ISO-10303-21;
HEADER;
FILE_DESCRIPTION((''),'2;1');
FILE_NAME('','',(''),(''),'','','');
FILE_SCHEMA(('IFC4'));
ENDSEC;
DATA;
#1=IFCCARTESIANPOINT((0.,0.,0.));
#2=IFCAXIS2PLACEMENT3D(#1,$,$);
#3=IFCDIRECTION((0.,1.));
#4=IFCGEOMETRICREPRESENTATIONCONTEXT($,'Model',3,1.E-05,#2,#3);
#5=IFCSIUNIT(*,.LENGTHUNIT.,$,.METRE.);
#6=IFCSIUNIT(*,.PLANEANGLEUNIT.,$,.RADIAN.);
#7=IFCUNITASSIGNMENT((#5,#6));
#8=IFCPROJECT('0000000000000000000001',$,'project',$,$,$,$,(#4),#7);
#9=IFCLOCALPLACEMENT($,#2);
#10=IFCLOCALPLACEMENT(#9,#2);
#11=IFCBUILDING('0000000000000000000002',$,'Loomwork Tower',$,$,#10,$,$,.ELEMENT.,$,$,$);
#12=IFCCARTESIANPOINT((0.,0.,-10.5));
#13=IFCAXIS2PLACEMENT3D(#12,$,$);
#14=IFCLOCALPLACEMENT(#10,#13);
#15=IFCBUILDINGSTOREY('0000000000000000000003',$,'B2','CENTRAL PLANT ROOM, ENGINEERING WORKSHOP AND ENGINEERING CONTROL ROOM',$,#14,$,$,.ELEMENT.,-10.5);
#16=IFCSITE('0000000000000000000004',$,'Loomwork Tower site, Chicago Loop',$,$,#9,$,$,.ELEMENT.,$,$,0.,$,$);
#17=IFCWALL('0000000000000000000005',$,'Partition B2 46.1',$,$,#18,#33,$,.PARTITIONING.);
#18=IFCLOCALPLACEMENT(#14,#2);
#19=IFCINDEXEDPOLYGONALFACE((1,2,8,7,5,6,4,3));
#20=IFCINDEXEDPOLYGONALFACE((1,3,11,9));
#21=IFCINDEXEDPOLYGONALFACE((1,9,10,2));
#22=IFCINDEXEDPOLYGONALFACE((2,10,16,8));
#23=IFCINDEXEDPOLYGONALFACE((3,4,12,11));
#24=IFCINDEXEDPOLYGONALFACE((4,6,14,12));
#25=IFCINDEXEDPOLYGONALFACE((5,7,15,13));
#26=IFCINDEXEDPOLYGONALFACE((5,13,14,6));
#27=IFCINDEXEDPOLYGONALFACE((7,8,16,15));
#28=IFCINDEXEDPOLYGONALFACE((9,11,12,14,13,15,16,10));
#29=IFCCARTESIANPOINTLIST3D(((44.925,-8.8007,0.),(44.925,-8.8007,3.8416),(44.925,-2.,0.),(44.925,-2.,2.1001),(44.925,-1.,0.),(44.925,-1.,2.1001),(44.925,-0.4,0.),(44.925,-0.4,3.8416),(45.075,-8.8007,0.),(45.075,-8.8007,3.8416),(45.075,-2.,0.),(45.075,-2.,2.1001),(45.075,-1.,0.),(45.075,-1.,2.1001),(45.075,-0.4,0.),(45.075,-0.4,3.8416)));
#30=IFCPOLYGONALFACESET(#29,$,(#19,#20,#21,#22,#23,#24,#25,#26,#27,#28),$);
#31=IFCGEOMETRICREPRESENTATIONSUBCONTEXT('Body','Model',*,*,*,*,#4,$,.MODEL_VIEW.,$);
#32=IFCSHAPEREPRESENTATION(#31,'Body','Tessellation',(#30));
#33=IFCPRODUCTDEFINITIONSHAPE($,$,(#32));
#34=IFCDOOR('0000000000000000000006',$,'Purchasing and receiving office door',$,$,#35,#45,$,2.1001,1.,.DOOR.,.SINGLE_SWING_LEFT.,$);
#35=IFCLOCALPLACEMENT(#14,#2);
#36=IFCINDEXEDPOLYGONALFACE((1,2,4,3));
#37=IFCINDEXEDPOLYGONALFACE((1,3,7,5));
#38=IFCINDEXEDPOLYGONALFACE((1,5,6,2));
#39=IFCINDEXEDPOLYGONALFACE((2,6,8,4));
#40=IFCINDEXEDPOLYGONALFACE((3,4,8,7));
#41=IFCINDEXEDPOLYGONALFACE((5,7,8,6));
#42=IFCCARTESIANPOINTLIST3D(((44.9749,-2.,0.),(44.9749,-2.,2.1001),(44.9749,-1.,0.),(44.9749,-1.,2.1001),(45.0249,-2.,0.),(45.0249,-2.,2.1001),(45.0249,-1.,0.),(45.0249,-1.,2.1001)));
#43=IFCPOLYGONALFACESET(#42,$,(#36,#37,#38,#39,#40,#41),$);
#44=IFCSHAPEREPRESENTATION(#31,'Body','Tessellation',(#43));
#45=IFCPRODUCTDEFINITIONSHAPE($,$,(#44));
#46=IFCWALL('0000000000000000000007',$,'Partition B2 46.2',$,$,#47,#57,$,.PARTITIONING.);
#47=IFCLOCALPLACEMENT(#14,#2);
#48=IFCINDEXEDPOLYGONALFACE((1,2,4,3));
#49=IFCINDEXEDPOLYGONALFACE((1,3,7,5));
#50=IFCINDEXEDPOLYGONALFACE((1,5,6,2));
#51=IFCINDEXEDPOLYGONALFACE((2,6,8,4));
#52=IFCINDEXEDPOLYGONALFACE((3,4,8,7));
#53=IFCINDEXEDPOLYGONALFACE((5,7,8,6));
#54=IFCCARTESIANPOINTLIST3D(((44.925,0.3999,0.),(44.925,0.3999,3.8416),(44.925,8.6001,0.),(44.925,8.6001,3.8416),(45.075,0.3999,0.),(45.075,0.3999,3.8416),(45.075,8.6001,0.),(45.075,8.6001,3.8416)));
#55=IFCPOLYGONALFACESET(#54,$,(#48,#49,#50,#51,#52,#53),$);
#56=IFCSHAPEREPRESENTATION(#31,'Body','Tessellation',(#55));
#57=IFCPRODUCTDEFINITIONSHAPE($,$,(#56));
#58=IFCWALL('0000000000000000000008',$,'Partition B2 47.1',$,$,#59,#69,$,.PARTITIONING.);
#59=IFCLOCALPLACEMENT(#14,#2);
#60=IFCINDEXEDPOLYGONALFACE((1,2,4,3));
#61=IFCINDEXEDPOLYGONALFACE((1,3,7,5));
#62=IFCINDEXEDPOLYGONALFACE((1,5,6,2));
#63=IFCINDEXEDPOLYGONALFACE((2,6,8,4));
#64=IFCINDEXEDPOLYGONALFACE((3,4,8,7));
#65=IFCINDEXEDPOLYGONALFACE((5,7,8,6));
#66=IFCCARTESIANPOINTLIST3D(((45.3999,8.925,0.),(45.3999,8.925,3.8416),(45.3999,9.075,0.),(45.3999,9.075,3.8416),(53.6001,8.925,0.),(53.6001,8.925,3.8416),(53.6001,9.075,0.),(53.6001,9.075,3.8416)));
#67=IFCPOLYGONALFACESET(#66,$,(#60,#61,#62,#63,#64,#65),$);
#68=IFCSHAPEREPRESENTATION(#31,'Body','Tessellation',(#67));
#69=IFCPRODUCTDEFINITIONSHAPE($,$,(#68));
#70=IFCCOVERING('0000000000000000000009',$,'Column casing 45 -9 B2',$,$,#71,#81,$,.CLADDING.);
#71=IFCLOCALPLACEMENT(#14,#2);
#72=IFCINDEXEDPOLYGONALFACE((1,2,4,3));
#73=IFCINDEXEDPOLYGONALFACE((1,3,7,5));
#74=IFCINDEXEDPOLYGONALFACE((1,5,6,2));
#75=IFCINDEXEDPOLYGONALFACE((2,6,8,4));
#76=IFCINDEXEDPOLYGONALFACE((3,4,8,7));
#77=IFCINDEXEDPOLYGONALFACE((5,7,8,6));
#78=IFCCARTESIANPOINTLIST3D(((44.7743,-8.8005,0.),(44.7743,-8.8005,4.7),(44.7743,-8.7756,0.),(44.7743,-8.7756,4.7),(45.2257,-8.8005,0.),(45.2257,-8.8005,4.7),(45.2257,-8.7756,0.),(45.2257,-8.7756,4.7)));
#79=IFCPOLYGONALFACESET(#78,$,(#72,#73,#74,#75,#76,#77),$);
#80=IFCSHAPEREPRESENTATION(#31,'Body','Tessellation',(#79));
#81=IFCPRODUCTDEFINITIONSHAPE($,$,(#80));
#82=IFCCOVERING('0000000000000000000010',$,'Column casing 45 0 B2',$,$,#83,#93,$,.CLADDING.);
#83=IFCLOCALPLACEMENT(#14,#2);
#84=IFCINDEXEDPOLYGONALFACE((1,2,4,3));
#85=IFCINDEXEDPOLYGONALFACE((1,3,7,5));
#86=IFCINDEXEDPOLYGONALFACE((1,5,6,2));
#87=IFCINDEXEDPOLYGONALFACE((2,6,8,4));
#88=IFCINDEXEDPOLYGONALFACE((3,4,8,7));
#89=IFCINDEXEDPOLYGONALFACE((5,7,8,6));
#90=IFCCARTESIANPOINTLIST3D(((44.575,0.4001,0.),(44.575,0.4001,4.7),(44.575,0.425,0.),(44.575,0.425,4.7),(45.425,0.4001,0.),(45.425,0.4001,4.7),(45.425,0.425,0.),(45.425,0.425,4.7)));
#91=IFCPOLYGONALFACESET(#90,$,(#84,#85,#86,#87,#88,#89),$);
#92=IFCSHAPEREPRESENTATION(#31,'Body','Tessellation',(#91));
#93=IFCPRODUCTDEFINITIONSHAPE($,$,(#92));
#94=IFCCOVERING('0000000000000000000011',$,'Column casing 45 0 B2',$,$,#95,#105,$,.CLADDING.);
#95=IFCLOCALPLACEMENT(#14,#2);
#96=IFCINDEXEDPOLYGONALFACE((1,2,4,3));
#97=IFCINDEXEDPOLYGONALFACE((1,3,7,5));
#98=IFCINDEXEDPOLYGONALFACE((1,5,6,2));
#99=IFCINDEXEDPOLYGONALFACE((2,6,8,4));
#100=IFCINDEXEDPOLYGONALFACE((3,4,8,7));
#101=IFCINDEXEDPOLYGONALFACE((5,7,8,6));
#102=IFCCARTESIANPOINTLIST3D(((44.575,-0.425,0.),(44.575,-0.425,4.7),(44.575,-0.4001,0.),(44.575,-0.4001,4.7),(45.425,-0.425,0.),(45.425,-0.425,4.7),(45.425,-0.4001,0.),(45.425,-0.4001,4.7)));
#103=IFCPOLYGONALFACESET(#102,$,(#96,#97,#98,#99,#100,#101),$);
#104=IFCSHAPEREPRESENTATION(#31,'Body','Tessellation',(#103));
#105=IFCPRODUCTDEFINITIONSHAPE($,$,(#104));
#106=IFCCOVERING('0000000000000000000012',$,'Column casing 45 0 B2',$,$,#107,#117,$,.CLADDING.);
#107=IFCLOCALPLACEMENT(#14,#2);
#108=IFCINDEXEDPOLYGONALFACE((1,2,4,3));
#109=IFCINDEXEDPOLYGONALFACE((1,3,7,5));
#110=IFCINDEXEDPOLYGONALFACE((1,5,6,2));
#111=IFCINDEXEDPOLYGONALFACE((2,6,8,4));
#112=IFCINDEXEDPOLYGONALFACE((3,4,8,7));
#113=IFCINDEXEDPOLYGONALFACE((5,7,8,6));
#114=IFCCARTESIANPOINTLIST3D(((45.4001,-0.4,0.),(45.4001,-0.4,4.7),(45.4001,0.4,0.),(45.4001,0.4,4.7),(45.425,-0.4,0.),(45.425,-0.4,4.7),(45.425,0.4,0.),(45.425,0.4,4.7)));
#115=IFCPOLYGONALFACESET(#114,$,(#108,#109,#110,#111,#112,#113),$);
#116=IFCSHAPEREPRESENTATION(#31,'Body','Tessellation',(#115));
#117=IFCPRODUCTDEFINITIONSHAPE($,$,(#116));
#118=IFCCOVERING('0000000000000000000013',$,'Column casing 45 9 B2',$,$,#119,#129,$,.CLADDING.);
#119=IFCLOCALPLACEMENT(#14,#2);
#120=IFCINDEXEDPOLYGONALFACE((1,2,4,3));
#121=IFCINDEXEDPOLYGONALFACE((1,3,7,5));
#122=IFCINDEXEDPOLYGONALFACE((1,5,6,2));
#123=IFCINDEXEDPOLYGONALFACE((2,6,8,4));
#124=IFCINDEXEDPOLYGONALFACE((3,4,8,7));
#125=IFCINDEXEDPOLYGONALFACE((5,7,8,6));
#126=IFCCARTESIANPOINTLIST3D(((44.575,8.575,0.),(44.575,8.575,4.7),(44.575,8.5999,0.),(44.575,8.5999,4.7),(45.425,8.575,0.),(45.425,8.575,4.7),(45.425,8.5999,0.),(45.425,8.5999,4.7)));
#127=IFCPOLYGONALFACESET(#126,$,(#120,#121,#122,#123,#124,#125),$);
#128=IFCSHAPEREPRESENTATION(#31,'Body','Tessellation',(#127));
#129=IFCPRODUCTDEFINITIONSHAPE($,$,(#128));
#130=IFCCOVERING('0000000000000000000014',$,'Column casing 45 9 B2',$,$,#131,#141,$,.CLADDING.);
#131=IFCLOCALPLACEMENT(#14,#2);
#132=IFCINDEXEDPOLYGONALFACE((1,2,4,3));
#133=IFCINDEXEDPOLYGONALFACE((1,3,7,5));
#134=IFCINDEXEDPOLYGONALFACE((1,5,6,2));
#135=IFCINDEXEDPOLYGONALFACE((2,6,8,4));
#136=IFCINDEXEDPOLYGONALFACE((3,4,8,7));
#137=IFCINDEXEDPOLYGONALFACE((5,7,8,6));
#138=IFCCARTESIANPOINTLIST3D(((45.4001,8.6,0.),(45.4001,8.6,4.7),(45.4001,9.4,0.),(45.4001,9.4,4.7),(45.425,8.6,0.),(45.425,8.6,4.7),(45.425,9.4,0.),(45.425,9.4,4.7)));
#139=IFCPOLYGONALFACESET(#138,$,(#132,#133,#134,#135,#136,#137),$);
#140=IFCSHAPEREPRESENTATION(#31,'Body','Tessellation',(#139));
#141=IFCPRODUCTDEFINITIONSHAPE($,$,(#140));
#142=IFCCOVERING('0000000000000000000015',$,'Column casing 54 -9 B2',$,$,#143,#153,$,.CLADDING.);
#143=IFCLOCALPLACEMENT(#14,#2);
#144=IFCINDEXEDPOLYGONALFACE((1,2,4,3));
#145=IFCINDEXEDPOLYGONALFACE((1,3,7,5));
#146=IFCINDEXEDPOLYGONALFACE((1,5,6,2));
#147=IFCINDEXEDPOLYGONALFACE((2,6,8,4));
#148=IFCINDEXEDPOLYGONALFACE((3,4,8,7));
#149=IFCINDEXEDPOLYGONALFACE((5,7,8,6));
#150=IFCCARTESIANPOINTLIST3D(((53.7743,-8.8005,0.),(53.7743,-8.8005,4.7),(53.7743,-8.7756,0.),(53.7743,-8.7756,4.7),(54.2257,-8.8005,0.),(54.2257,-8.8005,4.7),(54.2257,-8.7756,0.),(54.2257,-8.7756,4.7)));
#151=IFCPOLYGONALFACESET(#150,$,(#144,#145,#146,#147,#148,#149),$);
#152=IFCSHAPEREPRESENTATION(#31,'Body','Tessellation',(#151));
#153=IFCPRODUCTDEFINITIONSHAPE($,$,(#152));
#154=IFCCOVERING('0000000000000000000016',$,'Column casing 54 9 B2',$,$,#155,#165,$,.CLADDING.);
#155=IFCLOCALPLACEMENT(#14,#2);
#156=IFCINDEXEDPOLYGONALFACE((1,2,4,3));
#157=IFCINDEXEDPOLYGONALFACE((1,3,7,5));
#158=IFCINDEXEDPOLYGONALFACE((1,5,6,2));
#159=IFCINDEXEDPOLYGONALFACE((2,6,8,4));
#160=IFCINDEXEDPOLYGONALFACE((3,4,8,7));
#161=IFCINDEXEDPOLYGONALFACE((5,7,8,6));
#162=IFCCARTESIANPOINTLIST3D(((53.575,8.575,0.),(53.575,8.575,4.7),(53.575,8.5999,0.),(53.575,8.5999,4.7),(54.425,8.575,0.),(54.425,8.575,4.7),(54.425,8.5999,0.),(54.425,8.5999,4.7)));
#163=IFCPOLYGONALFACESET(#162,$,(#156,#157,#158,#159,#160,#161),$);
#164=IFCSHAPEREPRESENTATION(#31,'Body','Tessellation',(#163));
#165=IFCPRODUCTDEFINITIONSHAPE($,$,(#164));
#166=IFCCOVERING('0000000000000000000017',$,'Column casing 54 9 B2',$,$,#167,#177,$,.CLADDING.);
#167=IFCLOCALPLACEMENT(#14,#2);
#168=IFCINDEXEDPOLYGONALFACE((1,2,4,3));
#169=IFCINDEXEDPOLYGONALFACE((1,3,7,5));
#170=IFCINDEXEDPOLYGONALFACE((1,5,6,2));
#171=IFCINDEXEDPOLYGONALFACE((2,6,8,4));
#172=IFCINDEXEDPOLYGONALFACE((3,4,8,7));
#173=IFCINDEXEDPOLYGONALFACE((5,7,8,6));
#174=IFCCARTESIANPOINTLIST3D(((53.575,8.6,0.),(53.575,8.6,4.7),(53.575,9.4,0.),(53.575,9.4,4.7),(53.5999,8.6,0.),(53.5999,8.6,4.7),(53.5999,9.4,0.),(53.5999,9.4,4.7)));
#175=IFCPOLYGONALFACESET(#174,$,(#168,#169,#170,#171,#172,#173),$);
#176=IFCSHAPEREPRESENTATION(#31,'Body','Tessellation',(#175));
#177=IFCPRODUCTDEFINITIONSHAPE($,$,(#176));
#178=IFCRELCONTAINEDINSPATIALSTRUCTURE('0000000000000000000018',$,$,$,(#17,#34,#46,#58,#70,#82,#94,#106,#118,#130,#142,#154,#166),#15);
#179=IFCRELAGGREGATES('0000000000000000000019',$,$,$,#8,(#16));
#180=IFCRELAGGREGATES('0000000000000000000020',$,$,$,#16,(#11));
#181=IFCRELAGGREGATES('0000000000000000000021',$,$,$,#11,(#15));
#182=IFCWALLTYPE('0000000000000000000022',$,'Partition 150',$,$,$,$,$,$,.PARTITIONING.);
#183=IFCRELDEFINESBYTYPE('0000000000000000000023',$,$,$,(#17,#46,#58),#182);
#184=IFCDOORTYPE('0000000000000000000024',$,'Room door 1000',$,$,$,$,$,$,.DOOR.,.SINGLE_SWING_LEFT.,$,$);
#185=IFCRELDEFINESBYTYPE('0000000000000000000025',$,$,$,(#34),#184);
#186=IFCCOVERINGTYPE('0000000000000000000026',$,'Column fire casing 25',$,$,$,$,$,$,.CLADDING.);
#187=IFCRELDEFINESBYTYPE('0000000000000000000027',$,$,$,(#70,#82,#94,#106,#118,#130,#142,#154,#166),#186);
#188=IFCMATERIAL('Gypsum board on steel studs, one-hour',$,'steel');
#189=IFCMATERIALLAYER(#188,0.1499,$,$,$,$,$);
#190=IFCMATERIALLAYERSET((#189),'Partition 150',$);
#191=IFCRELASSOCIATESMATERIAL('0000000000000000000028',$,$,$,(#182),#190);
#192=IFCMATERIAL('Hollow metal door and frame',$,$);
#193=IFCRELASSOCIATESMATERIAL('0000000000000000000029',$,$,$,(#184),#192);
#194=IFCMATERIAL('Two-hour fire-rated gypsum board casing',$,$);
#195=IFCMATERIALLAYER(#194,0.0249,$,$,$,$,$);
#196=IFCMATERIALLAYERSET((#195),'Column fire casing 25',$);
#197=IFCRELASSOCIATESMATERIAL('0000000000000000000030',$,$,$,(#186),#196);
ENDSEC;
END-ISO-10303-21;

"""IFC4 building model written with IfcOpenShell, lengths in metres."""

from ifc_helpers import new_model, si_unit, direction, frame, frame_2d, origin, origin_2d, place, context, subcontext, project, spatial, rectangle, extrude, material, layer, layer_set, type_object, element, fill, save


model = new_model("IFC4")

# Units and contexts
model_context = context("Model", 3, precision=1e-05, world=origin(), true_north=direction((0.0, 1.0)))
body_context = subcontext(model_context, "Body", "Model", "MODEL_VIEW")
ifc_project = project(units=[si_unit("LENGTHUNIT", "METRE"), si_unit("PLANEANGLEUNIT", "RADIAN")], contexts=[model_context])

# Site, building, storey
site_placement = place(None, origin())
site = spatial("IfcSite", under=ifc_project, at=site_placement, Name="Loomwork Tower site, Chicago Loop", CompositionType="ELEMENT", RefElevation=0.0)
building_placement = place(site_placement, origin())
building = spatial("IfcBuilding", under=site, at=building_placement, Name="Loomwork Tower", CompositionType="ELEMENT")
storey_placement = place(building_placement, frame((0.0, 0.0, -10.5)))
storey = spatial("IfcBuildingStorey", under=building, at=storey_placement, Name="B2", Description="CENTRAL PLANT ROOM, ENGINEERING WORKSHOP AND ENGINEERING CONTROL ROOM", CompositionType="ELEMENT", Elevation=-10.5)

# Wall, opening, door
ifc_material_1 = material(Name="Gypsum board on steel studs, one-hour", Category="steel")
ifc_layer_1 = layer(ifc_material_1, 0.1499)
ifc_layer_set_1 = layer_set([ifc_layer_1], Name="Partition 150")
wall_type = type_object("IfcWallType", Name="Partition 150", PredefinedType="PARTITIONING", material=ifc_layer_set_1)
wall_placement = place(storey_placement, frame((45.0, -8.8005, 0.0), z_axis=(0.0, 0.0, 1.0), x_axis=(0.0, 1.0, 0.0)))
wall = element("IfcWall", 1, at=wall_placement, inside=storey, type_object=wall_type, Name="Partition B2 46.1", PredefinedType="PARTITIONING", context=body_context, shape_type="SweptSolid", body=[
    extrude(rectangle(XDim=8.4006, YDim=0.1499, at=frame_2d((4.2002, 0.0))), origin(), (0.0, 0.0, 1.0), 3.8416),
])
opening_placement = place(wall_placement, frame((6.8005, 0.0, 0.0)))
opening = element("IfcOpeningElement", 2, at=opening_placement, cuts=wall, PredefinedType="OPENING", context=body_context, shape_type="SweptSolid", body=[
    extrude(rectangle(XDim=1.0, YDim=2.1001, at=frame_2d((0.5, 1.05))), frame((0.0, 0.085, 0.0), z_axis=(0.0, -1.0, 0.0), x_axis=(1.0, 0.0, 0.0)), (0.0, 0.0, 1.0), 0.1699),
])
ifc_material_2 = material(Name="Hollow metal door and frame")
door_type = type_object("IfcDoorType", Name="Room door 1000", OperationType="SINGLE_SWING_LEFT", PredefinedType="DOOR", material=ifc_material_2)
door_placement = place(opening_placement, frame((1.0, 0.0, 0.0), z_axis=(0.0, 0.0, 1.0), x_axis=(-1.0, 0.0, 0.0)))
door = element("IfcDoor", 3, at=door_placement, inside=storey, type_object=door_type, Name="Purchasing and receiving office door", OperationType="SINGLE_SWING_LEFT", OverallHeight=2.1001, OverallWidth=1.0, PredefinedType="DOOR", context=body_context, shape_type="SweptSolid", body=[
    extrude(rectangle(XDim=1.0, YDim=2.1001, at=frame_2d((0.5, 1.05))), frame((0.0, 0.0249, 0.0), z_axis=(0.0, -1.0, 0.0), x_axis=(1.0, 0.0, 0.0)), (0.0, 0.0, 1.0), 0.05),
])
fill(opening, door)

# Walls
for number, where, z_axis, x_axis, name in (
    (4, (45.0, 0.3999, 0.0), (0.0, 0.0, 1.0), (0.0, 1.0, 0.0), "Partition B2 46.2"),
    (5, (45.3999, 9.0, 0.0), (0.0, 0.0, 1.0), (1.0, 0.0, 0.0), "Partition B2 47.1"),
):
    element("IfcWall", number, at=place(storey_placement, frame(where, z_axis=z_axis, x_axis=x_axis)), inside=storey, type_object=wall_type, Name=name, PredefinedType="PARTITIONING", context=body_context, shape_type="SweptSolid", body=[
        extrude(rectangle(XDim=8.2002, YDim=0.1499, at=frame_2d((4.1001, 0.0))), origin(), (0.0, 0.0, 1.0), 3.8416),
    ])

# Coverings
ifc_material_3 = material(Name="Two-hour fire-rated gypsum board casing")
ifc_layer_2 = layer(ifc_material_3, 0.0249)
ifc_layer_set_2 = layer_set([ifc_layer_2], Name="Column fire casing 25")
covering_type = type_object("IfcCoveringType", Name="Column fire casing 25", PredefinedType="CLADDING", material=ifc_layer_set_2)
covering_1_placement = place(storey_placement, frame((45.0, -8.7881, 0.0), z_axis=(0.0, 0.0, 1.0), x_axis=(1.0, 0.0, 0.0)))
element("IfcCovering", 6, at=covering_1_placement, inside=storey, type_object=covering_type, Name="Column casing 45 -9 B2", PredefinedType="CLADDING", context=body_context, shape_type="SweptSolid", body=[
    extrude(rectangle(XDim=0.4514, YDim=0.0249, at=origin_2d()), origin(), (0.0, 0.0, 1.0), 4.7),
])
for number, where, z_axis, x_axis, name in (
    (7, (45.0, 0.4126, 0.0), (0.0, 0.0, 1.0), (1.0, 0.0, 0.0), "Column casing 45 0 B2"),
    (8, (45.0, -0.4126, 0.0), (0.0, 0.0, 1.0), (1.0, 0.0, 0.0), "Column casing 45 0 B2"),
):
    element("IfcCovering", number, at=place(storey_placement, frame(where, z_axis=z_axis, x_axis=x_axis)), inside=storey, type_object=covering_type, Name=name, PredefinedType="CLADDING", context=body_context, shape_type="SweptSolid", body=[
        extrude(rectangle(XDim=0.8501, YDim=0.0249, at=origin_2d()), origin(), (0.0, 0.0, 1.0), 4.7),
    ])
covering_2_placement = place(storey_placement, frame((45.4126, 0.0, 0.0), z_axis=(0.0, 0.0, 1.0), x_axis=(1.0, 0.0, 0.0)))
element("IfcCovering", 9, at=covering_2_placement, inside=storey, type_object=covering_type, Name="Column casing 45 0 B2", PredefinedType="CLADDING", context=body_context, shape_type="SweptSolid", body=[
    extrude(rectangle(XDim=0.0249, YDim=0.8, at=origin_2d()), origin(), (0.0, 0.0, 1.0), 4.7),
])
covering_3_placement = place(storey_placement, frame((45.0, 8.5874, 0.0), z_axis=(0.0, 0.0, 1.0), x_axis=(1.0, 0.0, 0.0)))
element("IfcCovering", 10, at=covering_3_placement, inside=storey, type_object=covering_type, Name="Column casing 45 9 B2", PredefinedType="CLADDING", context=body_context, shape_type="SweptSolid", body=[
    extrude(rectangle(XDim=0.8501, YDim=0.0249, at=origin_2d()), origin(), (0.0, 0.0, 1.0), 4.7),
])
covering_4_placement = place(storey_placement, frame((45.4126, 9.0, 0.0), z_axis=(0.0, 0.0, 1.0), x_axis=(1.0, 0.0, 0.0)))
element("IfcCovering", 11, at=covering_4_placement, inside=storey, type_object=covering_type, Name="Column casing 45 9 B2", PredefinedType="CLADDING", context=body_context, shape_type="SweptSolid", body=[
    extrude(rectangle(XDim=0.0249, YDim=0.8, at=origin_2d()), origin(), (0.0, 0.0, 1.0), 4.7),
])
covering_5_placement = place(storey_placement, frame((54.0, -8.7881, 0.0), z_axis=(0.0, 0.0, 1.0), x_axis=(1.0, 0.0, 0.0)))
element("IfcCovering", 12, at=covering_5_placement, inside=storey, type_object=covering_type, Name="Column casing 54 -9 B2", PredefinedType="CLADDING", context=body_context, shape_type="SweptSolid", body=[
    extrude(rectangle(XDim=0.4514, YDim=0.0249, at=origin_2d()), origin(), (0.0, 0.0, 1.0), 4.7),
])
covering_6_placement = place(storey_placement, frame((54.0, 8.5874, 0.0), z_axis=(0.0, 0.0, 1.0), x_axis=(1.0, 0.0, 0.0)))
element("IfcCovering", 13, at=covering_6_placement, inside=storey, type_object=covering_type, Name="Column casing 54 9 B2", PredefinedType="CLADDING", context=body_context, shape_type="SweptSolid", body=[
    extrude(rectangle(XDim=0.8501, YDim=0.0249, at=origin_2d()), origin(), (0.0, 0.0, 1.0), 4.7),
])
covering_7_placement = place(storey_placement, frame((53.5874, 9.0, 0.0), z_axis=(0.0, 0.0, 1.0), x_axis=(1.0, 0.0, 0.0)))
element("IfcCovering", 14, at=covering_7_placement, inside=storey, type_object=covering_type, Name="Column casing 54 9 B2", PredefinedType="CLADDING", context=body_context, shape_type="SweptSolid", body=[
    extrude(rectangle(XDim=0.0249, YDim=0.8, at=origin_2d()), origin(), (0.0, 0.0, 1.0), 4.7),
])

save(model, "model.ifc")
